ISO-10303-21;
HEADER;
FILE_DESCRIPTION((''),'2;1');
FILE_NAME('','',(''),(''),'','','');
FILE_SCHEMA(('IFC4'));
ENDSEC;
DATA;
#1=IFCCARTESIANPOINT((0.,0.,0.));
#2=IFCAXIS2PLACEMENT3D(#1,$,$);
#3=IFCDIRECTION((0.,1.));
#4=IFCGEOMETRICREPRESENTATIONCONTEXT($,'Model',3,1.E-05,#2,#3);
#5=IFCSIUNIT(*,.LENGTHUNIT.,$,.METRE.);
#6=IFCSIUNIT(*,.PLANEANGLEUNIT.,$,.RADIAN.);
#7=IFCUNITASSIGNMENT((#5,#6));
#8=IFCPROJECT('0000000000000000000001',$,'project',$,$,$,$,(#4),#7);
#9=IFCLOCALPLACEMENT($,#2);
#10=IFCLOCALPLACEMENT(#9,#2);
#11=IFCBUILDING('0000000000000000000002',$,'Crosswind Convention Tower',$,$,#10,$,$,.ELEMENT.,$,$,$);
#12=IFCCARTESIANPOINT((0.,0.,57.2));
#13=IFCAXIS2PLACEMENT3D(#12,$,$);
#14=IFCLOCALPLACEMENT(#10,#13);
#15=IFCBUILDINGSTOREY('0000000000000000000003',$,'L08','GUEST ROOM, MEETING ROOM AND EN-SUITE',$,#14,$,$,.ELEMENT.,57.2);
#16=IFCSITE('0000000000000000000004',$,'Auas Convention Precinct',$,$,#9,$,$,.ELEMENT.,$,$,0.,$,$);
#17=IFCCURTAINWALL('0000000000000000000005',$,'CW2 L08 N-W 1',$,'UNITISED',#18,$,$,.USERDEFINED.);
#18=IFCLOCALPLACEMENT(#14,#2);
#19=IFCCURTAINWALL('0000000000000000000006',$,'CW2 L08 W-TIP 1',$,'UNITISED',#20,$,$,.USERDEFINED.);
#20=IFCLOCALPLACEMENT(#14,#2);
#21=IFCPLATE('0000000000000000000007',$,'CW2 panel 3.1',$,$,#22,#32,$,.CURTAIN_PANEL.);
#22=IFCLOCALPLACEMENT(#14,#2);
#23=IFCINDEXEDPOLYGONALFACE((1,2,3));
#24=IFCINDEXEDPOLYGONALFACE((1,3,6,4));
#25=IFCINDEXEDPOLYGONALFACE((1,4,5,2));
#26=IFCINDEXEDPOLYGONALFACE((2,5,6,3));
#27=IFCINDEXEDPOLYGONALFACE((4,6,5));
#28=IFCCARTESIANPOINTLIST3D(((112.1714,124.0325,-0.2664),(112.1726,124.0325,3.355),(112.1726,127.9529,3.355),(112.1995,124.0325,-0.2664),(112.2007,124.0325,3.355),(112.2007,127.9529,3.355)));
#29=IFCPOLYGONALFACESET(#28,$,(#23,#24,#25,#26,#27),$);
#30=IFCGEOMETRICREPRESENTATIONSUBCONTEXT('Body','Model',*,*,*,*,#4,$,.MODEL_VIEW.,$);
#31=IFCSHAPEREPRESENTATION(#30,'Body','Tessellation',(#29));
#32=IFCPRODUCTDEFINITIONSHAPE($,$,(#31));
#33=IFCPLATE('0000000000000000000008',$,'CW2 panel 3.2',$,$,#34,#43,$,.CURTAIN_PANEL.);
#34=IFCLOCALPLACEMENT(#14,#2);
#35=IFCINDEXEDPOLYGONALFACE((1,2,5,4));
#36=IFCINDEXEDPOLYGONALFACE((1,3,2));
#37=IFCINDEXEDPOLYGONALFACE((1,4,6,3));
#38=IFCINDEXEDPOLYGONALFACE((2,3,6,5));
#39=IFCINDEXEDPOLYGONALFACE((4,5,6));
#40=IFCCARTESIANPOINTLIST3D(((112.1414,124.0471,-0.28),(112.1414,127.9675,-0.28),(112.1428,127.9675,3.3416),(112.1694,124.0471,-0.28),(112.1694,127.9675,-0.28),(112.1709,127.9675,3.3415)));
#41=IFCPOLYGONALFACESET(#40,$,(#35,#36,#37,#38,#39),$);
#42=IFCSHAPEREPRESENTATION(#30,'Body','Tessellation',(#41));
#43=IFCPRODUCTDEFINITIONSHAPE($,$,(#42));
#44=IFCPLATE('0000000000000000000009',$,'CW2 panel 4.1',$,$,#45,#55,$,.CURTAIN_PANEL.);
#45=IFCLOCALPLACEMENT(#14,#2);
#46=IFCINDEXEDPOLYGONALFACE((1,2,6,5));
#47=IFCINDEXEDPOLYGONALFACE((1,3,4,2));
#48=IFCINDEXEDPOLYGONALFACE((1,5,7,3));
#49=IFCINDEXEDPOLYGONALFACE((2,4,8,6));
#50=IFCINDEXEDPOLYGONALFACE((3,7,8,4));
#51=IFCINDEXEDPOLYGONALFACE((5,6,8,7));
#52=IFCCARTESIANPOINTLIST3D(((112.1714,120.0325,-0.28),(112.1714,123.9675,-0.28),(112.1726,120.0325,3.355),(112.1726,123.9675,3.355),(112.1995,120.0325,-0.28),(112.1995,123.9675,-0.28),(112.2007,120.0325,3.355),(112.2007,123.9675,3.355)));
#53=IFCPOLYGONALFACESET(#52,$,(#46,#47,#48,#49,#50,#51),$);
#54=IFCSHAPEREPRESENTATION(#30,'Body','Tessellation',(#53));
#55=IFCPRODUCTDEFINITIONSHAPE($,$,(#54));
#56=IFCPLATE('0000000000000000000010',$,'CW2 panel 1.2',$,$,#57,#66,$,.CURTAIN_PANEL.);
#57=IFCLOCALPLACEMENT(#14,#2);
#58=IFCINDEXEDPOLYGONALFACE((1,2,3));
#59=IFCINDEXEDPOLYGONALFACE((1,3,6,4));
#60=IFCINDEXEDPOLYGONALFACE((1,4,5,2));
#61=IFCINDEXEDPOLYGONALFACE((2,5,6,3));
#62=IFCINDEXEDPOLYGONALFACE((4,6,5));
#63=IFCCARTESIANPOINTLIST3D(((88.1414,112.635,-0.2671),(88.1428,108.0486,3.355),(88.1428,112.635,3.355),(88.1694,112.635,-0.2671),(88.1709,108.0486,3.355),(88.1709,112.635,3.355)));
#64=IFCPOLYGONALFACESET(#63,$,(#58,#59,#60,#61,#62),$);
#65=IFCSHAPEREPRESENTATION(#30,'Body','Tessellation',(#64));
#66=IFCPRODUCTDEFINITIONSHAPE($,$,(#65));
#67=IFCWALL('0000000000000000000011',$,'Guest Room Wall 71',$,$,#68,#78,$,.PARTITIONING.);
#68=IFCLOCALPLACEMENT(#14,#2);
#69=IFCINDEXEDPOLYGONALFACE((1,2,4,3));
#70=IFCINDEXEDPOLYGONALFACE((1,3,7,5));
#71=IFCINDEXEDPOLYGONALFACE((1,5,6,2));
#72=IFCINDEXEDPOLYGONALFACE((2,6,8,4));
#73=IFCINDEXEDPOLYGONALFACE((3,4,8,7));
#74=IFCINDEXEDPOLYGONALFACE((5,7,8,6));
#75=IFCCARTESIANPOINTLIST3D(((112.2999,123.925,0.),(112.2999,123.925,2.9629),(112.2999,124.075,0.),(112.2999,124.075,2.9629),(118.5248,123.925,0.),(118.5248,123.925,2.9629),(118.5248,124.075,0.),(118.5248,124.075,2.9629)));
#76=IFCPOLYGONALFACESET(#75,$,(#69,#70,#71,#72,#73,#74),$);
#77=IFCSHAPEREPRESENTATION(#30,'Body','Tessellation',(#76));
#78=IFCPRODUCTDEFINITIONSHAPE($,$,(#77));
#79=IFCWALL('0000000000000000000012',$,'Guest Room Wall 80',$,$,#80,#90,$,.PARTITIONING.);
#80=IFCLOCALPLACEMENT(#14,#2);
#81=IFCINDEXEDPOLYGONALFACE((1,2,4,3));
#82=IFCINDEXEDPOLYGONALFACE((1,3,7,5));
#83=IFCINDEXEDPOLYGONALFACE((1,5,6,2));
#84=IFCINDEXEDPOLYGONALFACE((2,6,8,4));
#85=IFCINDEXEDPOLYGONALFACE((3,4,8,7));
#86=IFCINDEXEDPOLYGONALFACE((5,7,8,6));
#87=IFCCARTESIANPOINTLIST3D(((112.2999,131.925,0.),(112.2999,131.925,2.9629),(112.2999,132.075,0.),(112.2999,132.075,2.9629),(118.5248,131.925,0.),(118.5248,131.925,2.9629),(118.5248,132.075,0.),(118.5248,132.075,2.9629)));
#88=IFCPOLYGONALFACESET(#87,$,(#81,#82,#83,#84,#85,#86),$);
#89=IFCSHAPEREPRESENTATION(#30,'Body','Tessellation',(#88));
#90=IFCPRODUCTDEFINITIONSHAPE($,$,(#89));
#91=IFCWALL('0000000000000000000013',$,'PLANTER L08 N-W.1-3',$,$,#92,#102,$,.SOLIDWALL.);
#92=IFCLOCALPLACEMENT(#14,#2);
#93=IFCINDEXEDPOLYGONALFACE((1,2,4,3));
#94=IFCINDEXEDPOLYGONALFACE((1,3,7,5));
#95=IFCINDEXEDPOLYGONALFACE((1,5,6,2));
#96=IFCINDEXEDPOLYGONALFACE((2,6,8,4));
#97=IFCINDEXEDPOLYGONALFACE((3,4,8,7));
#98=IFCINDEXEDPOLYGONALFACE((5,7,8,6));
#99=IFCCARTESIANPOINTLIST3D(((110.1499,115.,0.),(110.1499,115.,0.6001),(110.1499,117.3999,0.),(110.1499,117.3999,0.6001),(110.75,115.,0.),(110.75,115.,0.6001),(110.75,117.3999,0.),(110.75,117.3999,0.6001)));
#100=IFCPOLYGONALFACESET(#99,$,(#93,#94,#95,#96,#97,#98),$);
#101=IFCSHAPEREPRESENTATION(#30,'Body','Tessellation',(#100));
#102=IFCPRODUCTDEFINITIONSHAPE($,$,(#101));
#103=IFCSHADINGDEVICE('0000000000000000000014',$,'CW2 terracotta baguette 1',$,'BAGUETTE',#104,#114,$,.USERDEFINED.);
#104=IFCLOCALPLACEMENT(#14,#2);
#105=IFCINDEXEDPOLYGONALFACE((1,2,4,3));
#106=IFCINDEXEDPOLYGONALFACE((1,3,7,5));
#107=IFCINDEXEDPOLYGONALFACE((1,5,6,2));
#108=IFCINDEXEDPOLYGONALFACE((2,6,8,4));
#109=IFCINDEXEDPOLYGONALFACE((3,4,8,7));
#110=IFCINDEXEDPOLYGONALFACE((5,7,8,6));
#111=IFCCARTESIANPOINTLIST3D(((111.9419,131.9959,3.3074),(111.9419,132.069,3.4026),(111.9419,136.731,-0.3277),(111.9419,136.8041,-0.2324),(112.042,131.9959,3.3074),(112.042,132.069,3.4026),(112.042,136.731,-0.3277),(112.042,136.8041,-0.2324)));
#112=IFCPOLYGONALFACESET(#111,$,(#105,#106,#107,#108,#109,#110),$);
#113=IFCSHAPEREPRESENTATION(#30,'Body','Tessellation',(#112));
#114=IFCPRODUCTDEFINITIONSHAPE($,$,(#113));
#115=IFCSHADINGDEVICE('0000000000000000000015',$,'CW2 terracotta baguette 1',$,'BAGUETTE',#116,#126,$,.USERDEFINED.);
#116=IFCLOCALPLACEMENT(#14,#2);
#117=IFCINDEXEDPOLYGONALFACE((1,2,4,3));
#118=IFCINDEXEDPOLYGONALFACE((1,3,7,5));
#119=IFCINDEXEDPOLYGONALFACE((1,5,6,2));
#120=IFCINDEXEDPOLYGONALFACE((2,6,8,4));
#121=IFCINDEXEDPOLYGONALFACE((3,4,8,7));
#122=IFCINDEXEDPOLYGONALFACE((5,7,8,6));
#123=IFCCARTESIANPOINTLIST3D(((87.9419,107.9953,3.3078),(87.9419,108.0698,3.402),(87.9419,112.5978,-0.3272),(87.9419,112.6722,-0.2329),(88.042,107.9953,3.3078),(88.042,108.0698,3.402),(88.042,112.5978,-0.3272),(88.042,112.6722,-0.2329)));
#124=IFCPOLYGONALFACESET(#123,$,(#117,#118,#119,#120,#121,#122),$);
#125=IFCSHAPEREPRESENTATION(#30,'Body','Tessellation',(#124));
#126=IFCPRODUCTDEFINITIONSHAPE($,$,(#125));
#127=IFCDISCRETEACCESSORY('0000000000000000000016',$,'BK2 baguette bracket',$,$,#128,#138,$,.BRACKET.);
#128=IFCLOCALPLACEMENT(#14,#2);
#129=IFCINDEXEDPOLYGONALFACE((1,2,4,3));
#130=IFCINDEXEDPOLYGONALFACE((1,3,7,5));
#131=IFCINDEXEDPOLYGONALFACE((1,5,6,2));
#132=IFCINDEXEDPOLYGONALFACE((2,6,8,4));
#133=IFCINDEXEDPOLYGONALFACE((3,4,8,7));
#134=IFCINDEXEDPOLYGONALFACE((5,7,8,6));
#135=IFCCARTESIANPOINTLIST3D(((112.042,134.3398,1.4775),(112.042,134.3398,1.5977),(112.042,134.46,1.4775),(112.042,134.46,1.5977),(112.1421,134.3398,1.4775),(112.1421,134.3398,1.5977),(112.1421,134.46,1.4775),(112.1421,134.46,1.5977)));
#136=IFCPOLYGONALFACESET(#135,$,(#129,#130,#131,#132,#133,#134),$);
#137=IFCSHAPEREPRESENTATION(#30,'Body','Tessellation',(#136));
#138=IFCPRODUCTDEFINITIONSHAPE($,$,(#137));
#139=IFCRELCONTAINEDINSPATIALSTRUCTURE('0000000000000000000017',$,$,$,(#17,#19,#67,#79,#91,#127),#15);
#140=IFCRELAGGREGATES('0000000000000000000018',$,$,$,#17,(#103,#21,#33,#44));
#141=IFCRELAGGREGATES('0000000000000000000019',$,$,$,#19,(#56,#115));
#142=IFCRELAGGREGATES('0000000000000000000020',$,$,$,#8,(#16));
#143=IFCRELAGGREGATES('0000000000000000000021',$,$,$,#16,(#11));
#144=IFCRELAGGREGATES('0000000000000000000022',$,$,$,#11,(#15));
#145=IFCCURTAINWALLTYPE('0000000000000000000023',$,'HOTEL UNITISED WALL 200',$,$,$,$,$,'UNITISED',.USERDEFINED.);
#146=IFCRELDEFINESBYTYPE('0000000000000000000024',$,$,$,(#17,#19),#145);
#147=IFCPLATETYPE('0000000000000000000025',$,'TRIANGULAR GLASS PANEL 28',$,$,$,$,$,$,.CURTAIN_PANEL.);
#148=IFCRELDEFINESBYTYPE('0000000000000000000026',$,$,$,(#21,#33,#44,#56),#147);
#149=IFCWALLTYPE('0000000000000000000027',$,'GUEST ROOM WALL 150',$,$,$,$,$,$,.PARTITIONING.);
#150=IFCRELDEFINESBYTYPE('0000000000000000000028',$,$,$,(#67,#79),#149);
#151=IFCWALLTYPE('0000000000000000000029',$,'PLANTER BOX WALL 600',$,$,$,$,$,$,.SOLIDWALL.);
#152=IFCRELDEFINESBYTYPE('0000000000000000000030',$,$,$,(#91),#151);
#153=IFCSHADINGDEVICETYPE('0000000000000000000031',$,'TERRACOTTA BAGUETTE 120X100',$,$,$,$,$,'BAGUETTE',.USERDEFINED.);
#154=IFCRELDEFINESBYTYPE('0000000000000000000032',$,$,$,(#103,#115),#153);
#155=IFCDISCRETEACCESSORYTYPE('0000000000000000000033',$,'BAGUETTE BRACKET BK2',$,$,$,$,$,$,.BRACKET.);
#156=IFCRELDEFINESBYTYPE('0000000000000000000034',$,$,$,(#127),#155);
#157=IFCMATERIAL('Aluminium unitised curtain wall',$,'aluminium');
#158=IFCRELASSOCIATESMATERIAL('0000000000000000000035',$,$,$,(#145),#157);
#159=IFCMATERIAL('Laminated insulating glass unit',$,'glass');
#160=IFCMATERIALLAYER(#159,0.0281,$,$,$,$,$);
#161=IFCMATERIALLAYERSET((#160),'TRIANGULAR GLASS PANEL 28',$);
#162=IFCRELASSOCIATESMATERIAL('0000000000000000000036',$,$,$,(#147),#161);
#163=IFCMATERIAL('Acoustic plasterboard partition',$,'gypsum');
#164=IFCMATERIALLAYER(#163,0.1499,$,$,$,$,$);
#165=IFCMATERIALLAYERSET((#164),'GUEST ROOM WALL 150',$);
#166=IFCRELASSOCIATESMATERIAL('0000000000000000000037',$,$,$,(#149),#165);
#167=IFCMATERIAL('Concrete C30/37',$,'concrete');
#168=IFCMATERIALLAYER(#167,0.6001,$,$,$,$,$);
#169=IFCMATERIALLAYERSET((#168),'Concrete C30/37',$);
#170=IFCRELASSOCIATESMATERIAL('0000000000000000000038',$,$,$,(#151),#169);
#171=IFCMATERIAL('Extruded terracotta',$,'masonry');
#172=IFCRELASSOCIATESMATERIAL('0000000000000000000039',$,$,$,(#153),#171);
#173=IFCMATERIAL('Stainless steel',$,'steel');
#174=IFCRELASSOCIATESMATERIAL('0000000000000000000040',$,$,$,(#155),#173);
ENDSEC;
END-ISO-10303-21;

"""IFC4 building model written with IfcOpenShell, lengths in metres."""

from ifc_helpers import new_model, si_unit, direction, frame, frame_2d, origin, origin_2d, place, context, subcontext, project, spatial, polyline, rectangle, outline, extrude, material, layer, layer_set, material_profile, profile_set, type_object, element, aggregate, save


model = new_model("IFC4")

# Units and contexts
model_context = context("Model", 3, precision=1e-05, world=origin(), true_north=direction((0.0, 1.0)))
body_context = subcontext(model_context, "Body", "Model", "MODEL_VIEW")
ifc_project = project(units=[si_unit("LENGTHUNIT", "METRE"), si_unit("PLANEANGLEUNIT", "RADIAN")], contexts=[model_context])

# Site, building, storey
site_placement = place(None, origin())
site = spatial("IfcSite", under=ifc_project, at=site_placement, Name="Auas Convention Precinct", CompositionType="ELEMENT", RefElevation=0.0)
building_placement = place(site_placement, origin())
building = spatial("IfcBuilding", under=site, at=building_placement, Name="Crosswind Convention Tower", CompositionType="ELEMENT")
storey_placement = place(building_placement, frame((0.0, 0.0, 57.2)))
storey = spatial("IfcBuildingStorey", under=building, at=storey_placement, Name="L08", Description="GUEST ROOM, MEETING ROOM AND EN-SUITE", CompositionType="ELEMENT", Elevation=57.2)

# Shared definitions
ifc_material_1 = material(Name="Aluminium unitised curtain wall", Category="aluminium")

# Shared definitions
curtain_wall_type_1 = type_object("IfcCurtainWallType", Name="HOTEL UNITISED WALL 200", ElementType="UNITISED", PredefinedType="USERDEFINED", material=ifc_material_1)

# Curtain wall
curtain_wall_1_placement = place(storey_placement, origin())
curtain_wall_1 = element("IfcCurtainWall", 1, at=curtain_wall_1_placement, inside=storey, type_object=curtain_wall_type_1, Name="CW2 L08 N-W 1", ObjectType="UNITISED", PredefinedType="USERDEFINED")

# Curtain wall
curtain_wall_2_placement = place(storey_placement, origin())
curtain_wall_2 = element("IfcCurtainWall", 2, at=curtain_wall_2_placement, inside=storey, type_object=curtain_wall_type_1, Name="CW2 L08 W-TIP 1", ObjectType="UNITISED", PredefinedType="USERDEFINED")

# Plates
ifc_material_2 = material(Name="Laminated insulating glass unit", Category="glass")
ifc_layer_1 = layer(ifc_material_2, 0.0281)
ifc_layer_set_1 = layer_set([ifc_layer_1], Name="TRIANGULAR GLASS PANEL 28")
plate_type_1 = type_object("IfcPlateType", Name="TRIANGULAR GLASS PANEL 28", PredefinedType="CURTAIN_PANEL", material=ifc_layer_set_1)
plate_1_placement = place(storey_placement, frame((112.1726, 124.0325, 3.355), z_axis=(-1.0, 0.0, 0.000337), x_axis=(0.0, 1.0, 0.0)))
plate_1 = element("IfcPlate", 3, at=plate_1_placement, type_object=plate_type_1, Name="CW2 panel 3.1", PredefinedType="CURTAIN_PANEL", context=body_context, shape_type="SweptSolid", body=[
    extrude(outline(polyline([(0.0, 0.0), (3.9204, 0.0), (0.0, 3.6213), (0.0, 0.0)])), origin(), (0.0, 0.0, -1.0), 0.0281),
])
plate_2_placement = place(storey_placement, frame((112.1414, 127.9675, -0.28), z_axis=(-1.0, 0.0, 0.000404), x_axis=(0.0, -1.0, 0.0)))
plate_2 = element("IfcPlate", 4, at=plate_2_placement, type_object=plate_type_1, Name="CW2 panel 3.2", PredefinedType="CURTAIN_PANEL", context=body_context, shape_type="SweptSolid", body=[
    extrude(outline(polyline([(0.0, 0.0), (3.9204, 0.0), (0.0, 3.6216), (0.0, 0.0)])), origin(), (0.0, 0.0, -1.0), 0.0281),
])
plate_3_placement = place(storey_placement, frame((112.1714, 123.9675, -0.28), z_axis=(-1.0, 0.0, 0.000336), x_axis=(0.0, -1.0, 0.0)))
plate_3 = element("IfcPlate", 5, at=plate_3_placement, type_object=plate_type_1, Name="CW2 panel 4.1", PredefinedType="CURTAIN_PANEL", context=body_context, shape_type="SweptSolid", body=[
    extrude(outline(polyline([(0.0, 0.0), (3.9351, 0.0), (3.9351, 3.635), (0.0, 3.635), (0.0, 0.0)])), origin(), (0.0, 0.0, -1.0), 0.0281),
])
plate_4_placement = place(storey_placement, frame((88.1428, 112.635, 3.355), z_axis=(-1.0, 0.0, 0.000404), x_axis=(-0.000404, 0.0, -1.0)))
plate_4 = element("IfcPlate", 6, at=plate_4_placement, type_object=plate_type_1, Name="CW2 panel 1.2", PredefinedType="CURTAIN_PANEL", context=body_context, shape_type="SweptSolid", body=[
    extrude(outline(polyline([(0.0, 0.0), (3.6221, 0.0), (0.0, 4.5864), (0.0, 0.0)])), origin(), (0.0, 0.0, -1.0), 0.0281),
])

# Walls
ifc_material_3 = material(Name="Acoustic plasterboard partition", Category="gypsum")
ifc_layer_2 = layer(ifc_material_3, 0.1499)
ifc_layer_set_2 = layer_set([ifc_layer_2], Name="GUEST ROOM WALL 150")
wall_type_1 = type_object("IfcWallType", Name="GUEST ROOM WALL 150", PredefinedType="PARTITIONING", material=ifc_layer_set_2)
for number, where, z_axis, x_axis, name in (
    (7, (112.3, 124.0, 0.0), (0.0, 0.0, 1.0), (1.0, 0.0, 0.0), "Guest Room Wall 71"),
    (8, (112.3, 132.0, 0.0), (0.0, 0.0, 1.0), (1.0, 0.0, 0.0), "Guest Room Wall 80"),
):
    element("IfcWall", number, at=place(storey_placement, frame(where, z_axis=z_axis, x_axis=x_axis)), inside=storey, type_object=wall_type_1, Name=name, PredefinedType="PARTITIONING", context=body_context, shape_type="SweptSolid", body=[
        extrude(rectangle(XDim=6.2249, YDim=0.1499, at=frame_2d((3.1123, 0.0))), origin(), (0.0, 0.0, 1.0), 2.9629),
    ])
ifc_material_4 = material(Name="Concrete C30/37", Category="concrete")
ifc_layer_3 = layer(ifc_material_4, 0.6001)
ifc_layer_set_3 = layer_set([ifc_layer_3], Name="Concrete C30/37")
wall_type_2 = type_object("IfcWallType", Name="PLANTER BOX WALL 600", PredefinedType="SOLIDWALL", material=ifc_layer_set_3)
wall_1_placement = place(storey_placement, frame((110.45, 117.3999, 0.0), z_axis=(0.0, 0.0, 1.0), x_axis=(0.0, -1.0, 0.0)))
element("IfcWall", 9, at=wall_1_placement, inside=storey, type_object=wall_type_2, Name="PLANTER L08 N-W.1-3", PredefinedType="SOLIDWALL", context=body_context, shape_type="SweptSolid", body=[
    extrude(rectangle(XDim=2.3999, YDim=0.6001, at=frame_2d((1.2, 0.0))), origin(), (0.0, 0.0, 1.0), 0.6001),
])

# Shading devices
ifc_material_5 = material(Name="Extruded terracotta", Category="masonry")
ifc_material_profile_1 = material_profile(ifc_material_5, rectangle(XDim=0.1001, YDim=0.1201, at=origin_2d()), Name="TC 100X120")
ifc_profile_set_1 = profile_set([ifc_material_profile_1], Name="Extruded terracotta")
shading_device_type = type_object("IfcShadingDeviceType", Name="TERRACOTTA BAGUETTE 120X100", ElementType="BAGUETTE", PredefinedType="USERDEFINED", material=ifc_profile_set_1)
shading_device_1_placement = place(storey_placement, frame((111.9919, 136.7676, -0.28), z_axis=(0.0, -0.793221, 0.608934), x_axis=(1.0, 0.0, 0.0)))
shading_device_1 = element("IfcShadingDevice", 10, at=shading_device_1_placement, type_object=shading_device_type, Name="CW2 terracotta baguette 1", ObjectType="BAGUETTE", PredefinedType="USERDEFINED", context=body_context, shape_type="SweptSolid", body=[
    extrude(rectangle(XDim=0.1001, YDim=0.1201, at=origin_2d()), origin(), (0.0, 0.0, 1.0), 5.9695),
])
aggregate(curtain_wall_1, [shading_device_1, plate_1, plate_2, plate_3])
shading_device_2_placement = place(storey_placement, frame((87.9919, 112.635, -0.28), z_axis=(0.0, -0.784764, 0.619794), x_axis=(1.0, 0.0, 0.0)))
shading_device_2 = element("IfcShadingDevice", 11, at=shading_device_2_placement, type_object=shading_device_type, Name="CW2 terracotta baguette 1", ObjectType="BAGUETTE", PredefinedType="USERDEFINED", context=body_context, shape_type="SweptSolid", body=[
    extrude(rectangle(XDim=0.1001, YDim=0.1201, at=origin_2d()), origin(), (0.0, 0.0, 1.0), 5.8647),
])
aggregate(curtain_wall_2, [plate_4, shading_device_2])

# Discrete accessory
ifc_material_6 = material(Name="Stainless steel", Category="steel")
discrete_accessory_type = type_object("IfcDiscreteAccessoryType", Name="BAGUETTE BRACKET BK2", PredefinedType="BRACKET", material=ifc_material_6)
discrete_accessory_placement = place(storey_placement, frame((112.092, 134.3999, 1.4775), z_axis=(0.0, 0.0, 1.0), x_axis=(0.0, -1.0, 0.0)))
element("IfcDiscreteAccessory", 12, at=discrete_accessory_placement, inside=storey, type_object=discrete_accessory_type, Name="BK2 baguette bracket", PredefinedType="BRACKET", context=body_context, shape_type="SweptSolid", body=[
    extrude(rectangle(XDim=0.1201, YDim=0.1001, at=origin_2d()), origin(), (0.0, 0.0, 1.0), 0.1201),
])

save(model, "model.ifc")
